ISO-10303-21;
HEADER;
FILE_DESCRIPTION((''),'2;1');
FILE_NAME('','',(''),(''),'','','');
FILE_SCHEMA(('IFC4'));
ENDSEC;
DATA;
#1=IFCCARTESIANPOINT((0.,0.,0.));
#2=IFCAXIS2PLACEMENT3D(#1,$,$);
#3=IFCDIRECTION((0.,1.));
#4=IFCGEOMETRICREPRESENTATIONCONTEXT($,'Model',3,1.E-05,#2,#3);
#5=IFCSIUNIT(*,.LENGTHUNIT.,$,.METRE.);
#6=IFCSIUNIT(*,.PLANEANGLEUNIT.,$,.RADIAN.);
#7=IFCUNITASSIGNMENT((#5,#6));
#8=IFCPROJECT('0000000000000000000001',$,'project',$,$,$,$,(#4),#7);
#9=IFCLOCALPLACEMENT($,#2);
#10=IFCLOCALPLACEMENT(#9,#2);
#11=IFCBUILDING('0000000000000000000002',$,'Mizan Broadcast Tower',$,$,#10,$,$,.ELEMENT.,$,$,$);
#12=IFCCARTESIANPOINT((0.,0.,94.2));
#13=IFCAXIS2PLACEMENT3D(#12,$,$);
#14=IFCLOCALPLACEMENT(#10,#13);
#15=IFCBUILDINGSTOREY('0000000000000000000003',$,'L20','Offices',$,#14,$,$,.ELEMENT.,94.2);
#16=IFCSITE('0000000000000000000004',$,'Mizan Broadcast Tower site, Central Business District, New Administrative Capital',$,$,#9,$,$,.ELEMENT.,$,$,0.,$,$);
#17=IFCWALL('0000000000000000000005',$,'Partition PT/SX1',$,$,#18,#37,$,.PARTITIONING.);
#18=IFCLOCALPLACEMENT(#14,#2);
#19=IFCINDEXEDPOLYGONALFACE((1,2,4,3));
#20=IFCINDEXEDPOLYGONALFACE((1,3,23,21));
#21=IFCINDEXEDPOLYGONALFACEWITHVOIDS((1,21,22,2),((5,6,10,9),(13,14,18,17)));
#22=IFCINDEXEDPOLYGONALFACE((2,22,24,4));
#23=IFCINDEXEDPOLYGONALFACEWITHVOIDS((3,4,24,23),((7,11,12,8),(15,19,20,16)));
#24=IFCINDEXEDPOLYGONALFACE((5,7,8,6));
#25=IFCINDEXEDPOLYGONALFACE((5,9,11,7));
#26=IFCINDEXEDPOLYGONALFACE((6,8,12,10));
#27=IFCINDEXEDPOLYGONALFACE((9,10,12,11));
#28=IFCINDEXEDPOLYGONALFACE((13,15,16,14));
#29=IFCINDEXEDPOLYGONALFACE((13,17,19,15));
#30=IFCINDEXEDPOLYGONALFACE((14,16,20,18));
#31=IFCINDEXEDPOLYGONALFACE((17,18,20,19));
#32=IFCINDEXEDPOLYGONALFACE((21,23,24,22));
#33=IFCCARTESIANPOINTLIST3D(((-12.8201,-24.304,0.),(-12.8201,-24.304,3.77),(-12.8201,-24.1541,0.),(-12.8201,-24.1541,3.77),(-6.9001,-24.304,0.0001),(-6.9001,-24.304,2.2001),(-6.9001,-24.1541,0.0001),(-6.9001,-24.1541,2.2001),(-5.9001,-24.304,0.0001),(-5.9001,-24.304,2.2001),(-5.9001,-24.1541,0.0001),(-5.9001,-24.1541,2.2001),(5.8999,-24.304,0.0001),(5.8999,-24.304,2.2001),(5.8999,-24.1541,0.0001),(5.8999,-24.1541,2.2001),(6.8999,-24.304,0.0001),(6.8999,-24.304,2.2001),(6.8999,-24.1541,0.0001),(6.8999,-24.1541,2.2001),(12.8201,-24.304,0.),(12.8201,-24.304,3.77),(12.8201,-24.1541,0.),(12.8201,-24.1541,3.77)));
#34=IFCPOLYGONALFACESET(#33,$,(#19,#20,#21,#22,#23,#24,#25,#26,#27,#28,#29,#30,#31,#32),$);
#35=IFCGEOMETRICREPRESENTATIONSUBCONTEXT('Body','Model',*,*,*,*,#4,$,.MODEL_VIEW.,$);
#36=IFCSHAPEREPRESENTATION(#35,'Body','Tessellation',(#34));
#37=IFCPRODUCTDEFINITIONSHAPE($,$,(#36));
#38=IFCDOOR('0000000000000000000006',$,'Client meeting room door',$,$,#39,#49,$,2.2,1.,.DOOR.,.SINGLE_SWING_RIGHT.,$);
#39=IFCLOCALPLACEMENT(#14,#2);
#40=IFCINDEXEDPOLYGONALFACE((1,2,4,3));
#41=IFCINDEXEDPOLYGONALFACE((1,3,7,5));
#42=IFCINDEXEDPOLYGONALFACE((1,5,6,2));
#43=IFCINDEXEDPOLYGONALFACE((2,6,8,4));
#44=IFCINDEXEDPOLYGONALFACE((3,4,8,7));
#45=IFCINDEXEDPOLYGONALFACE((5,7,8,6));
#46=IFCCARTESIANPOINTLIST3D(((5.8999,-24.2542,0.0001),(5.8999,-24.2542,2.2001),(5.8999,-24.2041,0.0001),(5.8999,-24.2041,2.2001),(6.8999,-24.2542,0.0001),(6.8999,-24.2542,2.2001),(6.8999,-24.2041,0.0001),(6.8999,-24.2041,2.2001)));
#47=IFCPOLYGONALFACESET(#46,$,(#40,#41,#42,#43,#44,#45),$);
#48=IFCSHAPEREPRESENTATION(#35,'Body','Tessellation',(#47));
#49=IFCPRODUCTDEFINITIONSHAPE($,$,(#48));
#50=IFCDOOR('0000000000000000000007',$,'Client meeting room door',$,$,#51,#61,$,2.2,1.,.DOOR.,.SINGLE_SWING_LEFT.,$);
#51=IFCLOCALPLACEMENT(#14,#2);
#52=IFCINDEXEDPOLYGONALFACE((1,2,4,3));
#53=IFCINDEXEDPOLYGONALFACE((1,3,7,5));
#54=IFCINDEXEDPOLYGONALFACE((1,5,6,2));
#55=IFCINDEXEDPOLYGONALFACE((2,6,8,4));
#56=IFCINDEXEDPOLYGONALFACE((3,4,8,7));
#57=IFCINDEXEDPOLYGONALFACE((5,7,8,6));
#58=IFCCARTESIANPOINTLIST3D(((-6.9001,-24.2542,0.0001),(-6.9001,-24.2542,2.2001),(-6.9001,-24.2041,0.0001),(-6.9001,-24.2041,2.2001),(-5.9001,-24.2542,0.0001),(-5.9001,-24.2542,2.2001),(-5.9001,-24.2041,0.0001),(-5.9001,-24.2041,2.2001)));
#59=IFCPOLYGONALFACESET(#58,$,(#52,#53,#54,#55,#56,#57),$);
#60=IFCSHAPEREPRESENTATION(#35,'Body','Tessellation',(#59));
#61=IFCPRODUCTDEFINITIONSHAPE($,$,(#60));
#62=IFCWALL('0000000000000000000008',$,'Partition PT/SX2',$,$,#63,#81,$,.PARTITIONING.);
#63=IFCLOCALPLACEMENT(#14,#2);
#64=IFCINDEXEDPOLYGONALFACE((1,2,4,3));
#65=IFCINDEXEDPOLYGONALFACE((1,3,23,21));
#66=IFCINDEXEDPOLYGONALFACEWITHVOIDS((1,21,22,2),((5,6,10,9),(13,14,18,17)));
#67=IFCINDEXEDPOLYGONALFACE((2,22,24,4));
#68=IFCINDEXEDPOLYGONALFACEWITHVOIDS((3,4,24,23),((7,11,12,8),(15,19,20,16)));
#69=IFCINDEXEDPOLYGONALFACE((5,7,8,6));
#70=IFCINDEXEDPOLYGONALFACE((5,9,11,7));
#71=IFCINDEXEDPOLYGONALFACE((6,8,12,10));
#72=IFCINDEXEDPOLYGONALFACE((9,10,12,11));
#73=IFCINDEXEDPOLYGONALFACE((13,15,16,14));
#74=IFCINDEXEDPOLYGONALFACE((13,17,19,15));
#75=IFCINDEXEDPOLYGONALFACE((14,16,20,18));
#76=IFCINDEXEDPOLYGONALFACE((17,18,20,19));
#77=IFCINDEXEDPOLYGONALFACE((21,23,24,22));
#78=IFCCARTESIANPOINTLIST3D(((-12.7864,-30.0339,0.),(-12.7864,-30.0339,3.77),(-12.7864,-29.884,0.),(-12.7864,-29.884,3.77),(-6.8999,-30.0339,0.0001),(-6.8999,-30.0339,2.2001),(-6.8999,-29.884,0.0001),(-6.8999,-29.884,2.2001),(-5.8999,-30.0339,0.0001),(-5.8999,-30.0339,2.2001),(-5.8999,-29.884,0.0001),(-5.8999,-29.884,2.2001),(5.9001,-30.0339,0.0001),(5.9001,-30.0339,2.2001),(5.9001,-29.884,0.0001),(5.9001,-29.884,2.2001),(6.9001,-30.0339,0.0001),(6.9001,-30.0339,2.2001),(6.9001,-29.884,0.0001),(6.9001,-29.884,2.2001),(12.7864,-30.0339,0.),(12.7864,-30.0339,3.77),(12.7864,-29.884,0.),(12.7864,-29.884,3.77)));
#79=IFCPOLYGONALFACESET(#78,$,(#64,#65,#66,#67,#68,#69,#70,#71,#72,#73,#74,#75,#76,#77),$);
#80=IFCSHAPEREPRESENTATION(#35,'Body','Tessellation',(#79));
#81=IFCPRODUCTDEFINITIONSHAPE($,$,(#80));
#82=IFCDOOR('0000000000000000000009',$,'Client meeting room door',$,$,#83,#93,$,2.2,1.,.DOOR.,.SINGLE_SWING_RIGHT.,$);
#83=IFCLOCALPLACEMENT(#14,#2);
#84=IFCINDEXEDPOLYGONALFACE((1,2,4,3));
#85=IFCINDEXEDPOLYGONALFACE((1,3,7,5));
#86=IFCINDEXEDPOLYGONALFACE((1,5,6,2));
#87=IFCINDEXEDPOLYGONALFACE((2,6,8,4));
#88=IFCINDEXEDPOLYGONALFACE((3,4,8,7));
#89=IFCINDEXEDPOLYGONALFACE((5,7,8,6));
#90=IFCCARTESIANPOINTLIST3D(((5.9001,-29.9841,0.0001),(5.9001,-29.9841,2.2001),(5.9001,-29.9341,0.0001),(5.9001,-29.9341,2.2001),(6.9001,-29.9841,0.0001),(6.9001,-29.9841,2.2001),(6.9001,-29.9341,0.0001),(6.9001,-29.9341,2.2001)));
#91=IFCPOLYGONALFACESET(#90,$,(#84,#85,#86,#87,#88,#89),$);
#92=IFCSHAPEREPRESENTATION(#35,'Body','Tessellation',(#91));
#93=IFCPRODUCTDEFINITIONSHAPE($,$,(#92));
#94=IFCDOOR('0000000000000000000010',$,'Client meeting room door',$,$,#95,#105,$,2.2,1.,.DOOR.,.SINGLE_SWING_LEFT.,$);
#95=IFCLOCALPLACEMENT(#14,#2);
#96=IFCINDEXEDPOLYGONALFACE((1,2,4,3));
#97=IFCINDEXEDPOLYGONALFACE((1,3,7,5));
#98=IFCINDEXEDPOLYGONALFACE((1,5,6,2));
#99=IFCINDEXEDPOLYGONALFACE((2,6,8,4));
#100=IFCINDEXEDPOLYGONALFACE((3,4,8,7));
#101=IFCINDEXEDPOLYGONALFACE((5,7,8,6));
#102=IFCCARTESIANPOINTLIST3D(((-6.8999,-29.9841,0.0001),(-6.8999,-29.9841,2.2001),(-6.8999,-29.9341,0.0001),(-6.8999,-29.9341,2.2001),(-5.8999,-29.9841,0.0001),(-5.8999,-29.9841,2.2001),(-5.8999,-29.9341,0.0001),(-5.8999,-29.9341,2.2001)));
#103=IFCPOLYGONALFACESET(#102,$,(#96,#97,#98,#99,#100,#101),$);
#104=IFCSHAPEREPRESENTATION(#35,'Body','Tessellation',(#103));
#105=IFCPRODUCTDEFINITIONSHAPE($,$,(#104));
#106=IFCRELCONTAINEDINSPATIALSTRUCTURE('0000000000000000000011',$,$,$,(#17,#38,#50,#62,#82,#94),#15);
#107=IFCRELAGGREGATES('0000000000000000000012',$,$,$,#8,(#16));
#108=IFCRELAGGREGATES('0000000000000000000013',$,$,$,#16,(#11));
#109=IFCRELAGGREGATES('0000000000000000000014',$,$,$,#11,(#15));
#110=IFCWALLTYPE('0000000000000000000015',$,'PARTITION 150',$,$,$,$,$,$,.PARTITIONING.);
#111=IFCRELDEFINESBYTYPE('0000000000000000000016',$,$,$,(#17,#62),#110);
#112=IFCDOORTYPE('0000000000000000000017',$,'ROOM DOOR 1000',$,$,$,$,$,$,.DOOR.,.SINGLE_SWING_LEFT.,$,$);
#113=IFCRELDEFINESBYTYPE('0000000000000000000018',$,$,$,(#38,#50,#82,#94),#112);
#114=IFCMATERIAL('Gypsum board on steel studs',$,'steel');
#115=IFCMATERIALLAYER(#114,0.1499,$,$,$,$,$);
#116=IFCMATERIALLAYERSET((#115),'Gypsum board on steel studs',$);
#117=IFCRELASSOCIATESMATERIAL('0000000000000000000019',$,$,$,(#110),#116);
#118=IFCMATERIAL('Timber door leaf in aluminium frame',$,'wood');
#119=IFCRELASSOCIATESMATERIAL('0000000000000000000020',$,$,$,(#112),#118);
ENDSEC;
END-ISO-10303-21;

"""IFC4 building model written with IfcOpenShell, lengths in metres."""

from ifc_helpers import new_model, si_unit, direction, frame, frame_2d, origin, place, context, subcontext, project, spatial, rectangle, extrude, material, layer, layer_set, type_object, element, fill, save


model = new_model("IFC4")

# Units and contexts
model_context = context("Model", 3, precision=1e-05, world=origin(), true_north=direction((0.0, 1.0)))
body_context = subcontext(model_context, "Body", "Model", "MODEL_VIEW")
ifc_project = project(units=[si_unit("LENGTHUNIT", "METRE"), si_unit("PLANEANGLEUNIT", "RADIAN")], contexts=[model_context])

# Site, building, storey
site_placement = place(None, origin())
site = spatial("IfcSite", under=ifc_project, at=site_placement, Name="Mizan Broadcast Tower site, Central Business District, New Administrative Capital", CompositionType="ELEMENT", RefElevation=0.0)
building_placement = place(site_placement, origin())
building = spatial("IfcBuilding", under=site, at=building_placement, Name="Mizan Broadcast Tower", CompositionType="ELEMENT")
storey_placement = place(building_placement, frame((0.0, 0.0, 94.2)))
storey = spatial("IfcBuildingStorey", under=building, at=storey_placement, Name="L20", Description="Offices", CompositionType="ELEMENT", Elevation=94.2)

# Walls, openings, doors
ifc_material_1 = material(Name="Gypsum board on steel studs", Category="steel")
ifc_layer_1 = layer(ifc_material_1, 0.1499)
ifc_layer_set_1 = layer_set([ifc_layer_1], Name="Gypsum board on steel studs")
wall_type = type_object("IfcWallType", Name="PARTITION 150", PredefinedType="PARTITIONING", material=ifc_layer_set_1)
wall_1_placement = place(storey_placement, frame((-12.8201, -24.229, 0.0), z_axis=(0.0, 0.0, 1.0), x_axis=(1.0, 0.0, 0.0)))
wall_1 = element("IfcWall", 1, at=wall_1_placement, inside=storey, type_object=wall_type, Name="Partition PT/SX1", PredefinedType="PARTITIONING", context=body_context, shape_type="SweptSolid", body=[
    extrude(rectangle(XDim=25.6401, YDim=0.1499, at=frame_2d((12.8201, 0.0))), origin(), (0.0, 0.0, 1.0), 3.77),
])
opening_1_placement = place(wall_1_placement, frame((18.72, 0.0, 0.0)))
opening_1 = element("IfcOpeningElement", 2, at=opening_1_placement, cuts=wall_1, PredefinedType="OPENING", context=body_context, shape_type="SweptSolid", body=[
    extrude(rectangle(XDim=1.0, YDim=2.2, at=frame_2d((0.5, 1.1001))), frame((0.0, 0.085, 0.0), z_axis=(0.0, -1.0, 0.0), x_axis=(1.0, 0.0, 0.0)), (0.0, 0.0, 1.0), 0.1699),
])
opening_2_placement = place(wall_1_placement, frame((5.9199, 0.0, 0.0)))
opening_2 = element("IfcOpeningElement", 3, at=opening_2_placement, cuts=wall_1, PredefinedType="OPENING", context=body_context, shape_type="SweptSolid", body=[
    extrude(rectangle(XDim=1.0, YDim=2.2, at=frame_2d((0.5, 1.1001))), frame((0.0, 0.085, 0.0), z_axis=(0.0, -1.0, 0.0), x_axis=(1.0, 0.0, 0.0)), (0.0, 0.0, 1.0), 0.1699),
])
ifc_material_2 = material(Name="Timber door leaf in aluminium frame", Category="wood")
door_type = type_object("IfcDoorType", Name="ROOM DOOR 1000", OperationType="SINGLE_SWING_LEFT", PredefinedType="DOOR", material=ifc_material_2)
door_1_placement = place(opening_1_placement, origin())
door_1 = element("IfcDoor", 4, at=door_1_placement, inside=storey, type_object=door_type, Name="Client meeting room door", OperationType="SINGLE_SWING_RIGHT", OverallHeight=2.2, OverallWidth=1.0, PredefinedType="DOOR", context=body_context, shape_type="SweptSolid", body=[
    extrude(rectangle(XDim=1.0, YDim=2.2, at=frame_2d((0.5, 1.1001))), frame((0.0, 0.0249, 0.0), z_axis=(0.0, -1.0, 0.0), x_axis=(1.0, 0.0, 0.0)), (0.0, 0.0, 1.0), 0.05),
])
fill(opening_1, door_1)
door_2_placement = place(opening_2_placement, origin())
door_2 = element("IfcDoor", 5, at=door_2_placement, inside=storey, type_object=door_type, Name="Client meeting room door", OperationType="SINGLE_SWING_LEFT", OverallHeight=2.2, OverallWidth=1.0, PredefinedType="DOOR", context=body_context, shape_type="SweptSolid", body=[
    extrude(rectangle(XDim=1.0, YDim=2.2, at=frame_2d((0.5, 1.1001))), frame((0.0, 0.0249, 0.0), z_axis=(0.0, -1.0, 0.0), x_axis=(1.0, 0.0, 0.0)), (0.0, 0.0, 1.0), 0.05),
])
fill(opening_2, door_2)
wall_2_placement = place(storey_placement, frame((-12.7864, -29.959, 0.0), z_axis=(0.0, 0.0, 1.0), x_axis=(1.0, 0.0, 0.0)))
wall_2 = element("IfcWall", 6, at=wall_2_placement, inside=storey, type_object=wall_type, Name="Partition PT/SX2", PredefinedType="PARTITIONING", context=body_context, shape_type="SweptSolid", body=[
    extrude(rectangle(XDim=25.5728, YDim=0.1499, at=frame_2d((12.7864, 0.0))), origin(), (0.0, 0.0, 1.0), 3.77),
])
opening_3_placement = place(wall_2_placement, frame((18.6865, 0.0, 0.0)))
opening_3 = element("IfcOpeningElement", 7, at=opening_3_placement, cuts=wall_2, PredefinedType="OPENING", context=body_context, shape_type="SweptSolid", body=[
    extrude(rectangle(XDim=1.0, YDim=2.2, at=frame_2d((0.5, 1.1001))), frame((0.0, 0.085, 0.0), z_axis=(0.0, -1.0, 0.0), x_axis=(1.0, 0.0, 0.0)), (0.0, 0.0, 1.0), 0.1699),
])
opening_4_placement = place(wall_2_placement, frame((5.8865, 0.0, 0.0)))
opening_4 = element("IfcOpeningElement", 8, at=opening_4_placement, cuts=wall_2, PredefinedType="OPENING", context=body_context, shape_type="SweptSolid", body=[
    extrude(rectangle(XDim=1.0, YDim=2.2, at=frame_2d((0.5, 1.1001))), frame((0.0, 0.085, 0.0), z_axis=(0.0, -1.0, 0.0), x_axis=(1.0, 0.0, 0.0)), (0.0, 0.0, 1.0), 0.1699),
])
door_3_placement = place(opening_3_placement, origin())
door_3 = element("IfcDoor", 9, at=door_3_placement, inside=storey, type_object=door_type, Name="Client meeting room door", OperationType="SINGLE_SWING_RIGHT", OverallHeight=2.2, OverallWidth=1.0, PredefinedType="DOOR", context=body_context, shape_type="SweptSolid", body=[
    extrude(rectangle(XDim=1.0, YDim=2.2, at=frame_2d((0.5, 1.1001))), frame((0.0, 0.0249, 0.0), z_axis=(0.0, -1.0, 0.0), x_axis=(1.0, 0.0, 0.0)), (0.0, 0.0, 1.0), 0.05),
])
fill(opening_3, door_3)
door_4_placement = place(opening_4_placement, origin())
door_4 = element("IfcDoor", 10, at=door_4_placement, inside=storey, type_object=door_type, Name="Client meeting room door", OperationType="SINGLE_SWING_LEFT", OverallHeight=2.2, OverallWidth=1.0, PredefinedType="DOOR", context=body_context, shape_type="SweptSolid", body=[
    extrude(rectangle(XDim=1.0, YDim=2.2, at=frame_2d((0.5, 1.1001))), frame((0.0, 0.0249, 0.0), z_axis=(0.0, -1.0, 0.0), x_axis=(1.0, 0.0, 0.0)), (0.0, 0.0, 1.0), 0.05),
])
fill(opening_4, door_4)

save(model, "model.ifc")
